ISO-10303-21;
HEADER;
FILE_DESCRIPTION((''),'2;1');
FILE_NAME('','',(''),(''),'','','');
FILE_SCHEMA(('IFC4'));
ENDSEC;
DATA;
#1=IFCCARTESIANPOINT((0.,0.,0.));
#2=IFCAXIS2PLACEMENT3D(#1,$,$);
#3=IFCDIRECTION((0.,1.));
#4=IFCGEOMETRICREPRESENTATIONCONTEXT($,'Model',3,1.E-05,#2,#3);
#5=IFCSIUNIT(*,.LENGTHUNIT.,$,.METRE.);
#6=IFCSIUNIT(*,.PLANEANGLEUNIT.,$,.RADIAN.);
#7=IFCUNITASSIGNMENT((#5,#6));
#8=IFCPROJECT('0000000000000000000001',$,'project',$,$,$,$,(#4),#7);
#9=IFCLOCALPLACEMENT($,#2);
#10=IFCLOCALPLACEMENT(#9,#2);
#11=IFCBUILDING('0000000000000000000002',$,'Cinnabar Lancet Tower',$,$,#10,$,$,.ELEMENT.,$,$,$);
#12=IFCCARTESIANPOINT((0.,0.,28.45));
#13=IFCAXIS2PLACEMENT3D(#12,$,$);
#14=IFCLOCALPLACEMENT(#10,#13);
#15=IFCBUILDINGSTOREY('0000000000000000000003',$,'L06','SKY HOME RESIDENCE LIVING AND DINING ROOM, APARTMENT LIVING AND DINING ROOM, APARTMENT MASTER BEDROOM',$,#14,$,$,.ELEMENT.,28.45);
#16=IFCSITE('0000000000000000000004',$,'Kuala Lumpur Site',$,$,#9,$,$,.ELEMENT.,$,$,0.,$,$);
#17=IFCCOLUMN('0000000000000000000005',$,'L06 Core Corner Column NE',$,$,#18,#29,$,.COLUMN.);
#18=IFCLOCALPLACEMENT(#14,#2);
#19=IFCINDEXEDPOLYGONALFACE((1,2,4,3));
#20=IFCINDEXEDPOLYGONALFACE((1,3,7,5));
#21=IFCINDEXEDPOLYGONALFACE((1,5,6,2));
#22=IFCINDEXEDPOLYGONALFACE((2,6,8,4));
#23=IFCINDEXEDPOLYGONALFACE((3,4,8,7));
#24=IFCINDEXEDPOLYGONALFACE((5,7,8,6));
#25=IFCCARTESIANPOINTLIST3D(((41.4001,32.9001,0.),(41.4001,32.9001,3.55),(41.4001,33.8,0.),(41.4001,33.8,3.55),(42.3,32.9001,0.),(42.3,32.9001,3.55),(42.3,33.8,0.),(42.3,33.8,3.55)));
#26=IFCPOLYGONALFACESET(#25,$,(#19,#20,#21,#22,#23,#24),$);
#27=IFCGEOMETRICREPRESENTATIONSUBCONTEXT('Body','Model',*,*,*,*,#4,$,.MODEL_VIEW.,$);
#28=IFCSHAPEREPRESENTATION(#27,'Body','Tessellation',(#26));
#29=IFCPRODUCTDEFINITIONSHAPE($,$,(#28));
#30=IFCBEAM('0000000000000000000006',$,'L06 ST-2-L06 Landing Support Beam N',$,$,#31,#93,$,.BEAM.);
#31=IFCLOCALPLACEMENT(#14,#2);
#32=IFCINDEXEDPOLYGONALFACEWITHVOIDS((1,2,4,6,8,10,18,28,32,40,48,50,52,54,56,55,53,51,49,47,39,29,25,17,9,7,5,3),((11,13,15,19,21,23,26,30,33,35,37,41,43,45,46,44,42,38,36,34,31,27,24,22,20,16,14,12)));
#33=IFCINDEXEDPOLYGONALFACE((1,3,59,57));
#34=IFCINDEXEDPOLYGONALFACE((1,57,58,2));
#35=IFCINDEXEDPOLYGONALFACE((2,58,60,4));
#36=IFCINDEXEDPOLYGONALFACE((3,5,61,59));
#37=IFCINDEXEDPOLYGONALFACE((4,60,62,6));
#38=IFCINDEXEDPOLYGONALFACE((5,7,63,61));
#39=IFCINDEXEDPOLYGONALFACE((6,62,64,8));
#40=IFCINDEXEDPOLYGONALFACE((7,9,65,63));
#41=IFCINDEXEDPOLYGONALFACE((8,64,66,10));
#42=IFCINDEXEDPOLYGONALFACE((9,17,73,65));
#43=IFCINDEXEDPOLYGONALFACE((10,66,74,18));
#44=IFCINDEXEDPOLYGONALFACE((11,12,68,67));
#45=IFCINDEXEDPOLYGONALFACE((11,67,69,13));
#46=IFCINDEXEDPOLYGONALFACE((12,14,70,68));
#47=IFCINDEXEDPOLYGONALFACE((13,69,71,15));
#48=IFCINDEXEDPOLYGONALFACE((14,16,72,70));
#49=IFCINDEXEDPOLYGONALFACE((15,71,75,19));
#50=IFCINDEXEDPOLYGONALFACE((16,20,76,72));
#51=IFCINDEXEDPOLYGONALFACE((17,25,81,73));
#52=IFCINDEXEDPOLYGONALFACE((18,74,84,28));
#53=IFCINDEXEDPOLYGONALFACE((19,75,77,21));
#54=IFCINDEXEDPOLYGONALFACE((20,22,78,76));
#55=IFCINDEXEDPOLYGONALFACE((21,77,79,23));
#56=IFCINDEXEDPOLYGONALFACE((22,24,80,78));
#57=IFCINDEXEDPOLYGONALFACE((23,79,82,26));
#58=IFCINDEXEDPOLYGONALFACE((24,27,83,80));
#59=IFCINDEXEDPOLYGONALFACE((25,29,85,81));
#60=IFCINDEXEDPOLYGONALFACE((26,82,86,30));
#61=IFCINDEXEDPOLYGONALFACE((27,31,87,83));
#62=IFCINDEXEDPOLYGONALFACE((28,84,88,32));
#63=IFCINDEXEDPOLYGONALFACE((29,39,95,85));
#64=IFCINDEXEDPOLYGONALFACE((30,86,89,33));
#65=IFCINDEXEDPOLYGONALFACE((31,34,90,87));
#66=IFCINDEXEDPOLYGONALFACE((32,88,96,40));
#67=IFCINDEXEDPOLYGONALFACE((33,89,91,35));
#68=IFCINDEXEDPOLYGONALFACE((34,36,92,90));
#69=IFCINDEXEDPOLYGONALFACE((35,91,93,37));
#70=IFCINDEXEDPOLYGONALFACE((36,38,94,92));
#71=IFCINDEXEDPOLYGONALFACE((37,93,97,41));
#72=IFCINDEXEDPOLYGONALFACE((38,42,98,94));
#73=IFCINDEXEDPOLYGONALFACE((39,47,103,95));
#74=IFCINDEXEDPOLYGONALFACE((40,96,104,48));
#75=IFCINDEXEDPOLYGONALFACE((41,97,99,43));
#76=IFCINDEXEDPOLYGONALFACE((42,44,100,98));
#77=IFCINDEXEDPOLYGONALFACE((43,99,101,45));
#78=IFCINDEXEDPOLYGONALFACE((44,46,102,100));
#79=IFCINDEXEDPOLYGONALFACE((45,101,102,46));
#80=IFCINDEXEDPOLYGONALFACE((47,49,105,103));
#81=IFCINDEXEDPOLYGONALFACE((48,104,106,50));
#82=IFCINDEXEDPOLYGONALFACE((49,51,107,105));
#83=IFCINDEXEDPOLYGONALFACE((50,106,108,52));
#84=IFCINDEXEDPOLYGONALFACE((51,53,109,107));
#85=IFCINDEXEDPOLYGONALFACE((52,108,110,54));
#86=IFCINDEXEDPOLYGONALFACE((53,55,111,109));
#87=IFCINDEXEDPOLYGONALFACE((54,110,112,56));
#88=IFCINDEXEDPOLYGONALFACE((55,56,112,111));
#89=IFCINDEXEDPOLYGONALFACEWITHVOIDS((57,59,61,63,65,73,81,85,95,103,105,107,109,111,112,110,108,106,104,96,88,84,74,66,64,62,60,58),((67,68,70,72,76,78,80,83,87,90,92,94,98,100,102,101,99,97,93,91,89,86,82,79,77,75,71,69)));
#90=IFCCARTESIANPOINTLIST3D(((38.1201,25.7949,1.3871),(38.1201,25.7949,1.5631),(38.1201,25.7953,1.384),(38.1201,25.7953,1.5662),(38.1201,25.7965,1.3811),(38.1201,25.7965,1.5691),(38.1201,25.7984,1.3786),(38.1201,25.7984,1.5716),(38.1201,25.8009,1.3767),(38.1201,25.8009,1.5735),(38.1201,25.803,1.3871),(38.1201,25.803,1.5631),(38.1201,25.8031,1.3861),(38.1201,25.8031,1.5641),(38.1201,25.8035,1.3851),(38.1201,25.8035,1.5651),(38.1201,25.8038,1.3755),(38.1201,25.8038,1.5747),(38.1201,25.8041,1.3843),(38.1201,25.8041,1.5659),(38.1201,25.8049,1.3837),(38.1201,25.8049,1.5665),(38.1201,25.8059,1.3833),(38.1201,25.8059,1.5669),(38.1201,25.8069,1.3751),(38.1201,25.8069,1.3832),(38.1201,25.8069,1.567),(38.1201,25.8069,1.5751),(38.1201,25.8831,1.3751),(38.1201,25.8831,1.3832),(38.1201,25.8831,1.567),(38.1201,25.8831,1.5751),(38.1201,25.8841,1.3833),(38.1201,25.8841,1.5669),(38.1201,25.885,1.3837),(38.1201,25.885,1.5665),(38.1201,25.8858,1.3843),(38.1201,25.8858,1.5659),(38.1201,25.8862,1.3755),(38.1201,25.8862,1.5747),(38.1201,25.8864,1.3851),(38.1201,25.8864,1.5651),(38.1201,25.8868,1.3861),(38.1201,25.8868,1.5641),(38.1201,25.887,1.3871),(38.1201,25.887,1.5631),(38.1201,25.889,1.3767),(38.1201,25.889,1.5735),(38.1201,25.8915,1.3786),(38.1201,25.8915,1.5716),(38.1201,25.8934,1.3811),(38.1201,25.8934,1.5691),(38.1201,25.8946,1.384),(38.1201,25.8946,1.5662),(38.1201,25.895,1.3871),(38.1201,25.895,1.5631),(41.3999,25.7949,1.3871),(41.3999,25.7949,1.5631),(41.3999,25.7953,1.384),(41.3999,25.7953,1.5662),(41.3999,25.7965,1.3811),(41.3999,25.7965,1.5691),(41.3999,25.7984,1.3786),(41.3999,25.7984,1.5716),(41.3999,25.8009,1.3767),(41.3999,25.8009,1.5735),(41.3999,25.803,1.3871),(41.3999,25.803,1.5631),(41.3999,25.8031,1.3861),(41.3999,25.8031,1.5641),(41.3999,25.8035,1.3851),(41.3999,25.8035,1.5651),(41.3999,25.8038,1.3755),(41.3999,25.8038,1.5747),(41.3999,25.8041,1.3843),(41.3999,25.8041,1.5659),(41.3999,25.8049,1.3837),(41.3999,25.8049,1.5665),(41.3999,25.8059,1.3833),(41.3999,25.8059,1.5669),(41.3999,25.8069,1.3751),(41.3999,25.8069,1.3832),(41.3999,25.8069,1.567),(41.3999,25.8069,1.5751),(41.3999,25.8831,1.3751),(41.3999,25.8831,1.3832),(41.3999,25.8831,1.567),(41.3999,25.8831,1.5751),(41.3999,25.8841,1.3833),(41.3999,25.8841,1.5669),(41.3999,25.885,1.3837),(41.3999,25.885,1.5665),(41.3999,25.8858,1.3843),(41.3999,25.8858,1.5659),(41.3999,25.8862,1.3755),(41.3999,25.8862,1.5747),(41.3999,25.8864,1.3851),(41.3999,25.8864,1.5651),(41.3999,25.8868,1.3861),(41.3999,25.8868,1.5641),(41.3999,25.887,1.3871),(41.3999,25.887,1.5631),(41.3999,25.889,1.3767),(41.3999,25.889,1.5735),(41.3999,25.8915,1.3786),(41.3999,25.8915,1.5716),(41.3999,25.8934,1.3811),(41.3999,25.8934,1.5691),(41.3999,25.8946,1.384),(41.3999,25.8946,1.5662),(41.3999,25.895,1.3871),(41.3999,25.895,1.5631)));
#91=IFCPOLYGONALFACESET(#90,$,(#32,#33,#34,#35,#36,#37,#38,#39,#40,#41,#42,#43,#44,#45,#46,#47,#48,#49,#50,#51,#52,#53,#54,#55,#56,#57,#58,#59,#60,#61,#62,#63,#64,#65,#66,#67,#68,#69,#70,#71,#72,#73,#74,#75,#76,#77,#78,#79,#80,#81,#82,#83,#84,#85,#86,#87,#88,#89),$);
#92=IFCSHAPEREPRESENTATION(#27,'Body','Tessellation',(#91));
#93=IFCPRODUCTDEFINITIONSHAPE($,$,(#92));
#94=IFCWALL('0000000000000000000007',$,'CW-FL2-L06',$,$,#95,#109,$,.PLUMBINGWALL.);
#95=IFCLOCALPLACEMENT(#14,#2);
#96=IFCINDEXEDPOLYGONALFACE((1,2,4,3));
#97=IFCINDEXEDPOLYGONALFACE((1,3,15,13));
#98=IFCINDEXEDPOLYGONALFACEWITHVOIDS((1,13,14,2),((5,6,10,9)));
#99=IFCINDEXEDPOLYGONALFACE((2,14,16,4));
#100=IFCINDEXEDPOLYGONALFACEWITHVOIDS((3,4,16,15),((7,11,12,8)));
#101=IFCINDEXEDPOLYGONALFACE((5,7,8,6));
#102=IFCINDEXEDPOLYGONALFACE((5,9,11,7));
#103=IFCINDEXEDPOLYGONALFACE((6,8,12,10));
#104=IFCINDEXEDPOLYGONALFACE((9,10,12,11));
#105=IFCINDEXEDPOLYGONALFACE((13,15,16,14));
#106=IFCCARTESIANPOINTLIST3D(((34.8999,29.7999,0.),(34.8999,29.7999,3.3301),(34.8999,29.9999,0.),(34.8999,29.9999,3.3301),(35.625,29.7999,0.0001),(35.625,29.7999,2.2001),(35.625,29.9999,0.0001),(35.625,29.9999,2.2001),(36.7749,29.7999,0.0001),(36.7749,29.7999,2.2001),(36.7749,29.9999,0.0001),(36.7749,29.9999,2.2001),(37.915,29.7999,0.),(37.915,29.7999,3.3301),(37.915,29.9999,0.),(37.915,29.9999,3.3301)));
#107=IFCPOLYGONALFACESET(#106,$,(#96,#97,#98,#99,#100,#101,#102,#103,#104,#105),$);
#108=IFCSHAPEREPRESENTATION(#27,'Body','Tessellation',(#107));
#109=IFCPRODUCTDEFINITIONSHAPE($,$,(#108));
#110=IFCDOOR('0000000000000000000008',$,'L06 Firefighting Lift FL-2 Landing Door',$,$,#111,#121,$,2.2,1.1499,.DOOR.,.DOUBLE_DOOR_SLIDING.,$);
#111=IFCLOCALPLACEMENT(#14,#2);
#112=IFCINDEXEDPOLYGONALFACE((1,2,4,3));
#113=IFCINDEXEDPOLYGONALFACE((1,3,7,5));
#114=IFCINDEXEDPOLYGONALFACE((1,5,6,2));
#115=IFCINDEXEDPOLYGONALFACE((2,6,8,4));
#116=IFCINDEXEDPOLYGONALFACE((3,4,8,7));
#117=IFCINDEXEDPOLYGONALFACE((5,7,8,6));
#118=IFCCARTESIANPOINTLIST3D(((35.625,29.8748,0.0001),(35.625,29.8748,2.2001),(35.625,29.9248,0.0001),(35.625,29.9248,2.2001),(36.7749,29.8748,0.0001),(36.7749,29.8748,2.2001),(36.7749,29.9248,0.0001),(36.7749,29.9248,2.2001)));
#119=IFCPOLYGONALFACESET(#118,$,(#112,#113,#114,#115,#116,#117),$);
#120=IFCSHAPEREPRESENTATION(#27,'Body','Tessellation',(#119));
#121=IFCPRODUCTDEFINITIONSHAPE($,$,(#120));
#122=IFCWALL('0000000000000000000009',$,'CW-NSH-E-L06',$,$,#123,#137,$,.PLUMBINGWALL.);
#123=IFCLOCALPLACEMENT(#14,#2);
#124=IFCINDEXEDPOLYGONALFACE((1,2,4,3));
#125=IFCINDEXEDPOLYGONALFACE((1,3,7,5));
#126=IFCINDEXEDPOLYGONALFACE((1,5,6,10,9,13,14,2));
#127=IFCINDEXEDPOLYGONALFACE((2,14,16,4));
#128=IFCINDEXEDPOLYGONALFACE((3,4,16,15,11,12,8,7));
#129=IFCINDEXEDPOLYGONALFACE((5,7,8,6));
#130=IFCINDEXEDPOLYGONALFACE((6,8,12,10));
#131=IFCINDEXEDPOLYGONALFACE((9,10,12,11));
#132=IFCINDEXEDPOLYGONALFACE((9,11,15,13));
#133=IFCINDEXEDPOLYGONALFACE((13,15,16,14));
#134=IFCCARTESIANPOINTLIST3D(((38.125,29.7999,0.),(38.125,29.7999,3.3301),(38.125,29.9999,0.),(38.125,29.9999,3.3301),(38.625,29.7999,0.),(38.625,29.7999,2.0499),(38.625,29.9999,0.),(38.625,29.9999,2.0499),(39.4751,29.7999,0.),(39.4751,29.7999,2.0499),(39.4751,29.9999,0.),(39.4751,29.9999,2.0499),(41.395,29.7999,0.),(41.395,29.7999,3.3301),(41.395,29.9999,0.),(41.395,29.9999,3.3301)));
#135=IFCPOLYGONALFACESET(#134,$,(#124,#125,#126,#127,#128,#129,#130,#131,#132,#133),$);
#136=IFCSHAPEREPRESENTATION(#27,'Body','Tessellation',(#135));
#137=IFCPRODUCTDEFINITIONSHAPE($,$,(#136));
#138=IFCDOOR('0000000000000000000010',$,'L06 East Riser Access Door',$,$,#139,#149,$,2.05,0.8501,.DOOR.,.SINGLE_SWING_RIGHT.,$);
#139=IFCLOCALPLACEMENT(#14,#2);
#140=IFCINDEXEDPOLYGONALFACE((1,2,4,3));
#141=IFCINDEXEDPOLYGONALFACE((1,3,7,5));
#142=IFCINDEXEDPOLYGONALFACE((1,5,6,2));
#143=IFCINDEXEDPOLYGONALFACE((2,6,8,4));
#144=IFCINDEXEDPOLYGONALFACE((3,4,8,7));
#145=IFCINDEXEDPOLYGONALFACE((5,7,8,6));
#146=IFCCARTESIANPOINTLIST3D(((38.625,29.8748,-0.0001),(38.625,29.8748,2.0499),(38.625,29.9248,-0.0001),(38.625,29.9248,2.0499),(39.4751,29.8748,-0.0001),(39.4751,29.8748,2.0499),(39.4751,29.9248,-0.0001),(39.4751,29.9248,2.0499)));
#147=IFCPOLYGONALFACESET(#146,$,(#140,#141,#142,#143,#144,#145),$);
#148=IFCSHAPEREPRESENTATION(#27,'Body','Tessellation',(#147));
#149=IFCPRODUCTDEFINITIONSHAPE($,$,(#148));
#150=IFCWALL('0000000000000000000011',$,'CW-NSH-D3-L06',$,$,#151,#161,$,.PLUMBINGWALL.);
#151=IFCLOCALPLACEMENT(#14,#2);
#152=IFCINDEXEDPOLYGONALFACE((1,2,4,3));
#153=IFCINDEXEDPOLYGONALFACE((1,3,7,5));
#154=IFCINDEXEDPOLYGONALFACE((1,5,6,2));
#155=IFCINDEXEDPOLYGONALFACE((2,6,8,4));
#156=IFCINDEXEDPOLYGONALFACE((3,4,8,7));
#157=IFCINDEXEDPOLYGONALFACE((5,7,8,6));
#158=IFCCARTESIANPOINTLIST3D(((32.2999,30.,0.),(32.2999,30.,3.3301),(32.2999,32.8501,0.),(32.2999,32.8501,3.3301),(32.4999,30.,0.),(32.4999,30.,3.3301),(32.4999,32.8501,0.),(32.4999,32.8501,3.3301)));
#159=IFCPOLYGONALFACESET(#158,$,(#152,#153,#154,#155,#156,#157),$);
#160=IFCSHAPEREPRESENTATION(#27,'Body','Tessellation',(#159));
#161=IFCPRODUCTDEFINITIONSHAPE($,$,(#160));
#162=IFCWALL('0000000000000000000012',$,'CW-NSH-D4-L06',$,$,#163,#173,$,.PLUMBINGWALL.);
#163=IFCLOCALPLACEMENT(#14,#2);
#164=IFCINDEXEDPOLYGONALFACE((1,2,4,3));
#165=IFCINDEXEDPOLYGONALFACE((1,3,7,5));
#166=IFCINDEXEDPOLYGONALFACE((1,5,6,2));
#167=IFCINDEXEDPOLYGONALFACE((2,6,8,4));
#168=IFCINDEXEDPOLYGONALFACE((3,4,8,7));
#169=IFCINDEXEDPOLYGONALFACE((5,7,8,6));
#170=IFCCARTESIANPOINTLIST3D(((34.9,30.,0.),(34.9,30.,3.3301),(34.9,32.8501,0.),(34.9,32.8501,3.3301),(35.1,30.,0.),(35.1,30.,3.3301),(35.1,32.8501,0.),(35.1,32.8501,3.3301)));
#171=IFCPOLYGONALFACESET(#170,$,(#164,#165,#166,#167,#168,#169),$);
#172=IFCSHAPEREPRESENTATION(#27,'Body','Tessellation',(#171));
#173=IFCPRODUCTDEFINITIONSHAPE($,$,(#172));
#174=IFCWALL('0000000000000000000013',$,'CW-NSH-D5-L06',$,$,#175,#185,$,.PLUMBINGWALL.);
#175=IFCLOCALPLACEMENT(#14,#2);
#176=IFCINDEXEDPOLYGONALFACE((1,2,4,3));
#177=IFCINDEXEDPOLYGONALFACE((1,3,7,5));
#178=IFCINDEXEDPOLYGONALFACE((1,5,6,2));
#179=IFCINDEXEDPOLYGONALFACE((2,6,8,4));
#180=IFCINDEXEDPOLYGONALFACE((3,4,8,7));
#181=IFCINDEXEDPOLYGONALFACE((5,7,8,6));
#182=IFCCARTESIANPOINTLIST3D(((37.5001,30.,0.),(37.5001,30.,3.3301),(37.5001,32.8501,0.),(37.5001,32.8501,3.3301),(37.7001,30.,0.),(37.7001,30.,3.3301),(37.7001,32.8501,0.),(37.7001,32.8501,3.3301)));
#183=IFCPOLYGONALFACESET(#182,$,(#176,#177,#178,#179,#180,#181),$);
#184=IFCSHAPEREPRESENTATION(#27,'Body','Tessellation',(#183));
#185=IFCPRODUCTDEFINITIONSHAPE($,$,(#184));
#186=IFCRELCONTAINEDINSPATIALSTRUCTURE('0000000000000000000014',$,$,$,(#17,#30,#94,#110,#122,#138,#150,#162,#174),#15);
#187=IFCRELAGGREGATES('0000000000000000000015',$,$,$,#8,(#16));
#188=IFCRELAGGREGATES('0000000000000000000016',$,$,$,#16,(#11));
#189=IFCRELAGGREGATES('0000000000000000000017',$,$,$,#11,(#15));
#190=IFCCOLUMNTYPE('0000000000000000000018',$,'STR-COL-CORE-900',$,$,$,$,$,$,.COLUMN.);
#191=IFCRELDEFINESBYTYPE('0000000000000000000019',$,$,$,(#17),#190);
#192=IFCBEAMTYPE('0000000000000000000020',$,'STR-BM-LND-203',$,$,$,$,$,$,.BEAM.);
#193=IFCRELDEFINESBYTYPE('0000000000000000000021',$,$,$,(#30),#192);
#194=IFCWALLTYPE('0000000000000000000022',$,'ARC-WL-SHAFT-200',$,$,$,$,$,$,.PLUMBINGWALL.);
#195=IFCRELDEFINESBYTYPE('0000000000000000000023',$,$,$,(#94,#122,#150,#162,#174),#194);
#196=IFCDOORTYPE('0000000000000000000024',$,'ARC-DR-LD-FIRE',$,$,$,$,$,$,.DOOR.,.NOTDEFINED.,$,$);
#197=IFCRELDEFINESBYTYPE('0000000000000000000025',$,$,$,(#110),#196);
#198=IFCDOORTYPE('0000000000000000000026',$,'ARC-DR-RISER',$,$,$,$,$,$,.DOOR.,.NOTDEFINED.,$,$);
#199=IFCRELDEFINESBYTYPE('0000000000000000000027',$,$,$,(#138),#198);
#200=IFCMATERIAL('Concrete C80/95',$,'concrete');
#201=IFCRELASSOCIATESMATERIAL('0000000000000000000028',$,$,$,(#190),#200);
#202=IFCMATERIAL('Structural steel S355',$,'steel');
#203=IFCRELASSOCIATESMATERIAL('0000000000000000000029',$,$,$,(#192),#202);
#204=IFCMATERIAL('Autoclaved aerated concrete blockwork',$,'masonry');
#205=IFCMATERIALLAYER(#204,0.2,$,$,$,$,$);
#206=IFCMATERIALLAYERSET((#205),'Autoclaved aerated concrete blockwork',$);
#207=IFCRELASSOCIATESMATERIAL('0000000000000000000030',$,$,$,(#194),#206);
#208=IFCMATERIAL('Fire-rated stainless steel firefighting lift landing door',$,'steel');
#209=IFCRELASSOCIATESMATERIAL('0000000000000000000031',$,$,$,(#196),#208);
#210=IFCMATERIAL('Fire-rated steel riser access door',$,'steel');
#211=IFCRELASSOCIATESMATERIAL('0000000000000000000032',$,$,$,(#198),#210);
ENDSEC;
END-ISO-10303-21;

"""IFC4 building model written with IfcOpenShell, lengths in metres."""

from ifc_helpers import new_model, si_unit, direction, frame, frame_2d, origin, origin_2d, place, context, subcontext, project, spatial, rectangle, hollow_rectangle, extrude, material, layer, layer_set, material_profile, profile_set, type_object, element, fill, save


model = new_model("IFC4")

# Units and contexts
model_context = context("Model", 3, precision=1e-05, world=origin(), true_north=direction((0.0, 1.0)))
body_context = subcontext(model_context, "Body", "Model", "MODEL_VIEW")
ifc_project = project(units=[si_unit("LENGTHUNIT", "METRE"), si_unit("PLANEANGLEUNIT", "RADIAN")], contexts=[model_context])

# Site, building, storey
site_placement = place(None, origin())
site = spatial("IfcSite", under=ifc_project, at=site_placement, Name="Kuala Lumpur Site", CompositionType="ELEMENT", RefElevation=0.0)
building_placement = place(site_placement, origin())
building = spatial("IfcBuilding", under=site, at=building_placement, Name="Cinnabar Lancet Tower", CompositionType="ELEMENT")
storey_placement = place(building_placement, frame((0.0, 0.0, 28.45)))
storey = spatial("IfcBuildingStorey", under=building, at=storey_placement, Name="L06", Description="SKY HOME RESIDENCE LIVING AND DINING ROOM, APARTMENT LIVING AND DINING ROOM, APARTMENT MASTER BEDROOM", CompositionType="ELEMENT", Elevation=28.45)

# Column
ifc_material_1 = material(Name="Concrete C80/95", Category="concrete")
ifc_material_profile_1 = material_profile(ifc_material_1, rectangle(XDim=0.8999, YDim=0.8999, at=origin_2d()), Name="RC-COL 900x900")
ifc_profile_set_1 = profile_set([ifc_material_profile_1], Name="Concrete C80/95")
column_type = type_object("IfcColumnType", Name="STR-COL-CORE-900", PredefinedType="COLUMN", material=ifc_profile_set_1)
column_placement = place(storey_placement, frame((41.8501, 33.3501, 0.0), z_axis=(0.0, 0.0, 1.0), x_axis=(1.0, 0.0, 0.0)))
element("IfcColumn", 1, at=column_placement, inside=storey, type_object=column_type, Name="L06 Core Corner Column NE", PredefinedType="COLUMN", context=body_context, shape_type="SweptSolid", body=[
    extrude(rectangle(XDim=0.8999, YDim=0.8999, at=origin_2d()), origin(), (0.0, 0.0, 1.0), 3.55),
])

# Beam
ifc_material_2 = material(Name="Structural steel S355", Category="steel")
ifc_material_profile_2 = material_profile(ifc_material_2, hollow_rectangle(XDim=0.1001, YDim=0.2, WallThickness=0.0081, InnerFilletRadius=0.0039, OuterFilletRadius=0.012, at=origin_2d()), Name="RHS 200x100x8")
ifc_profile_set_2 = profile_set([ifc_material_profile_2], Name="Structural steel S355")
beam_type = type_object("IfcBeamType", Name="STR-BM-LND-203", PredefinedType="BEAM", material=ifc_profile_set_2)
beam_placement = place(storey_placement, frame((38.1201, 25.845, 1.4751), z_axis=(1.0, 0.0, 0.0), x_axis=(0.0, 1.0, 0.0)))
element("IfcBeam", 2, at=beam_placement, inside=storey, type_object=beam_type, Name="L06 ST-2-L06 Landing Support Beam N", PredefinedType="BEAM", context=body_context, shape_type="SweptSolid", body=[
    extrude(hollow_rectangle(XDim=0.1001, YDim=0.2, WallThickness=0.0081, InnerFilletRadius=0.0039, OuterFilletRadius=0.012, at=origin_2d()), origin(), (0.0, 0.0, 1.0), 3.2798),
])

# Walls, openings, doors
ifc_material_3 = material(Name="Autoclaved aerated concrete blockwork", Category="masonry")
ifc_layer = layer(ifc_material_3, 0.2)
ifc_layer_set = layer_set([ifc_layer], Name="Autoclaved aerated concrete blockwork")
wall_type = type_object("IfcWallType", Name="ARC-WL-SHAFT-200", PredefinedType="PLUMBINGWALL", material=ifc_layer_set)
wall_1_placement = place(storey_placement, frame((34.8999, 29.8999, 0.0), z_axis=(0.0, 0.0, 1.0), x_axis=(1.0, 0.0, 0.0)))
wall_1 = element("IfcWall", 3, at=wall_1_placement, inside=storey, type_object=wall_type, Name="CW-FL2-L06", PredefinedType="PLUMBINGWALL", context=body_context, shape_type="SweptSolid", body=[
    extrude(rectangle(XDim=3.0151, YDim=0.2, at=frame_2d((1.5076, 0.0))), origin(), (0.0, 0.0, 1.0), 3.3301),
])
opening_1_placement = place(wall_1_placement, frame((0.7251, 0.0, 0.0)))
opening_1 = element("IfcOpeningElement", 4, at=opening_1_placement, cuts=wall_1, PredefinedType="OPENING", context=body_context, shape_type="SweptSolid", body=[
    extrude(rectangle(XDim=1.1499, YDim=2.2, at=frame_2d((0.575, 1.1001))), frame((0.0, 0.1099, 0.0), z_axis=(0.0, -1.0, 0.0), x_axis=(1.0, 0.0, 0.0)), (0.0, 0.0, 1.0), 0.22),
])
ifc_material_4 = material(Name="Fire-rated stainless steel firefighting lift landing door", Category="steel")
door_type_1 = type_object("IfcDoorType", Name="ARC-DR-LD-FIRE", OperationType="NOTDEFINED", PredefinedType="DOOR", material=ifc_material_4)
door_1_placement = place(opening_1_placement, origin())
door_1 = element("IfcDoor", 5, at=door_1_placement, inside=storey, type_object=door_type_1, Name="L06 Firefighting Lift FL-2 Landing Door", OperationType="DOUBLE_DOOR_SLIDING", OverallHeight=2.2, OverallWidth=1.1499, PredefinedType="DOOR", context=body_context, shape_type="SweptSolid", body=[
    extrude(rectangle(XDim=1.1499, YDim=2.2, at=frame_2d((0.575, 1.1001))), frame((0.0, 0.0249, 0.0), z_axis=(0.0, -1.0, 0.0), x_axis=(1.0, 0.0, 0.0)), (0.0, 0.0, 1.0), 0.05),
])
fill(opening_1, door_1)
wall_2_placement = place(storey_placement, frame((38.125, 29.8999, 0.0), z_axis=(0.0, 0.0, 1.0), x_axis=(1.0, 0.0, 0.0)))
wall_2 = element("IfcWall", 6, at=wall_2_placement, inside=storey, type_object=wall_type, Name="CW-NSH-E-L06", PredefinedType="PLUMBINGWALL", context=body_context, shape_type="SweptSolid", body=[
    extrude(rectangle(XDim=3.27, YDim=0.2, at=frame_2d((1.635, 0.0))), origin(), (0.0, 0.0, 1.0), 3.3301),
])
opening_2_placement = place(wall_2_placement, frame((0.5, 0.0, 0.0)))
opening_2 = element("IfcOpeningElement", 7, at=opening_2_placement, cuts=wall_2, PredefinedType="OPENING", context=body_context, shape_type="SweptSolid", body=[
    extrude(rectangle(XDim=0.8501, YDim=2.05, at=frame_2d((0.425, 1.0249))), frame((0.0, 0.1099, 0.0), z_axis=(0.0, -1.0, 0.0), x_axis=(1.0, 0.0, 0.0)), (0.0, 0.0, 1.0), 0.22),
])
ifc_material_5 = material(Name="Fire-rated steel riser access door", Category="steel")
door_type_2 = type_object("IfcDoorType", Name="ARC-DR-RISER", OperationType="NOTDEFINED", PredefinedType="DOOR", material=ifc_material_5)
door_2_placement = place(opening_2_placement, origin())
door_2 = element("IfcDoor", 8, at=door_2_placement, inside=storey, type_object=door_type_2, Name="L06 East Riser Access Door", OperationType="SINGLE_SWING_RIGHT", OverallHeight=2.05, OverallWidth=0.8501, PredefinedType="DOOR", context=body_context, shape_type="SweptSolid", body=[
    extrude(rectangle(XDim=0.8501, YDim=2.05, at=frame_2d((0.425, 1.0249))), frame((0.0, 0.0249, 0.0), z_axis=(0.0, -1.0, 0.0), x_axis=(1.0, 0.0, 0.0)), (0.0, 0.0, 1.0), 0.05),
])
fill(opening_2, door_2)

# Walls
for number, where, z_axis, x_axis, name in (
    (9, (32.3999, 30.0, 0.0), (0.0, 0.0, 1.0), (0.0, 1.0, 0.0), "CW-NSH-D3-L06"),
    (10, (35.0, 30.0, 0.0), (0.0, 0.0, 1.0), (0.0, 1.0, 0.0), "CW-NSH-D4-L06"),
    (11, (37.6001, 30.0, 0.0), (0.0, 0.0, 1.0), (0.0, 1.0, 0.0), "CW-NSH-D5-L06"),
):
    element("IfcWall", number, at=place(storey_placement, frame(where, z_axis=z_axis, x_axis=x_axis)), inside=storey, type_object=wall_type, Name=name, PredefinedType="PLUMBINGWALL", context=body_context, shape_type="SweptSolid", body=[
        extrude(rectangle(XDim=2.8501, YDim=0.2, at=frame_2d((1.425, 0.0))), origin(), (0.0, 0.0, 1.0), 3.3301),
    ])

save(model, "model.ifc")
